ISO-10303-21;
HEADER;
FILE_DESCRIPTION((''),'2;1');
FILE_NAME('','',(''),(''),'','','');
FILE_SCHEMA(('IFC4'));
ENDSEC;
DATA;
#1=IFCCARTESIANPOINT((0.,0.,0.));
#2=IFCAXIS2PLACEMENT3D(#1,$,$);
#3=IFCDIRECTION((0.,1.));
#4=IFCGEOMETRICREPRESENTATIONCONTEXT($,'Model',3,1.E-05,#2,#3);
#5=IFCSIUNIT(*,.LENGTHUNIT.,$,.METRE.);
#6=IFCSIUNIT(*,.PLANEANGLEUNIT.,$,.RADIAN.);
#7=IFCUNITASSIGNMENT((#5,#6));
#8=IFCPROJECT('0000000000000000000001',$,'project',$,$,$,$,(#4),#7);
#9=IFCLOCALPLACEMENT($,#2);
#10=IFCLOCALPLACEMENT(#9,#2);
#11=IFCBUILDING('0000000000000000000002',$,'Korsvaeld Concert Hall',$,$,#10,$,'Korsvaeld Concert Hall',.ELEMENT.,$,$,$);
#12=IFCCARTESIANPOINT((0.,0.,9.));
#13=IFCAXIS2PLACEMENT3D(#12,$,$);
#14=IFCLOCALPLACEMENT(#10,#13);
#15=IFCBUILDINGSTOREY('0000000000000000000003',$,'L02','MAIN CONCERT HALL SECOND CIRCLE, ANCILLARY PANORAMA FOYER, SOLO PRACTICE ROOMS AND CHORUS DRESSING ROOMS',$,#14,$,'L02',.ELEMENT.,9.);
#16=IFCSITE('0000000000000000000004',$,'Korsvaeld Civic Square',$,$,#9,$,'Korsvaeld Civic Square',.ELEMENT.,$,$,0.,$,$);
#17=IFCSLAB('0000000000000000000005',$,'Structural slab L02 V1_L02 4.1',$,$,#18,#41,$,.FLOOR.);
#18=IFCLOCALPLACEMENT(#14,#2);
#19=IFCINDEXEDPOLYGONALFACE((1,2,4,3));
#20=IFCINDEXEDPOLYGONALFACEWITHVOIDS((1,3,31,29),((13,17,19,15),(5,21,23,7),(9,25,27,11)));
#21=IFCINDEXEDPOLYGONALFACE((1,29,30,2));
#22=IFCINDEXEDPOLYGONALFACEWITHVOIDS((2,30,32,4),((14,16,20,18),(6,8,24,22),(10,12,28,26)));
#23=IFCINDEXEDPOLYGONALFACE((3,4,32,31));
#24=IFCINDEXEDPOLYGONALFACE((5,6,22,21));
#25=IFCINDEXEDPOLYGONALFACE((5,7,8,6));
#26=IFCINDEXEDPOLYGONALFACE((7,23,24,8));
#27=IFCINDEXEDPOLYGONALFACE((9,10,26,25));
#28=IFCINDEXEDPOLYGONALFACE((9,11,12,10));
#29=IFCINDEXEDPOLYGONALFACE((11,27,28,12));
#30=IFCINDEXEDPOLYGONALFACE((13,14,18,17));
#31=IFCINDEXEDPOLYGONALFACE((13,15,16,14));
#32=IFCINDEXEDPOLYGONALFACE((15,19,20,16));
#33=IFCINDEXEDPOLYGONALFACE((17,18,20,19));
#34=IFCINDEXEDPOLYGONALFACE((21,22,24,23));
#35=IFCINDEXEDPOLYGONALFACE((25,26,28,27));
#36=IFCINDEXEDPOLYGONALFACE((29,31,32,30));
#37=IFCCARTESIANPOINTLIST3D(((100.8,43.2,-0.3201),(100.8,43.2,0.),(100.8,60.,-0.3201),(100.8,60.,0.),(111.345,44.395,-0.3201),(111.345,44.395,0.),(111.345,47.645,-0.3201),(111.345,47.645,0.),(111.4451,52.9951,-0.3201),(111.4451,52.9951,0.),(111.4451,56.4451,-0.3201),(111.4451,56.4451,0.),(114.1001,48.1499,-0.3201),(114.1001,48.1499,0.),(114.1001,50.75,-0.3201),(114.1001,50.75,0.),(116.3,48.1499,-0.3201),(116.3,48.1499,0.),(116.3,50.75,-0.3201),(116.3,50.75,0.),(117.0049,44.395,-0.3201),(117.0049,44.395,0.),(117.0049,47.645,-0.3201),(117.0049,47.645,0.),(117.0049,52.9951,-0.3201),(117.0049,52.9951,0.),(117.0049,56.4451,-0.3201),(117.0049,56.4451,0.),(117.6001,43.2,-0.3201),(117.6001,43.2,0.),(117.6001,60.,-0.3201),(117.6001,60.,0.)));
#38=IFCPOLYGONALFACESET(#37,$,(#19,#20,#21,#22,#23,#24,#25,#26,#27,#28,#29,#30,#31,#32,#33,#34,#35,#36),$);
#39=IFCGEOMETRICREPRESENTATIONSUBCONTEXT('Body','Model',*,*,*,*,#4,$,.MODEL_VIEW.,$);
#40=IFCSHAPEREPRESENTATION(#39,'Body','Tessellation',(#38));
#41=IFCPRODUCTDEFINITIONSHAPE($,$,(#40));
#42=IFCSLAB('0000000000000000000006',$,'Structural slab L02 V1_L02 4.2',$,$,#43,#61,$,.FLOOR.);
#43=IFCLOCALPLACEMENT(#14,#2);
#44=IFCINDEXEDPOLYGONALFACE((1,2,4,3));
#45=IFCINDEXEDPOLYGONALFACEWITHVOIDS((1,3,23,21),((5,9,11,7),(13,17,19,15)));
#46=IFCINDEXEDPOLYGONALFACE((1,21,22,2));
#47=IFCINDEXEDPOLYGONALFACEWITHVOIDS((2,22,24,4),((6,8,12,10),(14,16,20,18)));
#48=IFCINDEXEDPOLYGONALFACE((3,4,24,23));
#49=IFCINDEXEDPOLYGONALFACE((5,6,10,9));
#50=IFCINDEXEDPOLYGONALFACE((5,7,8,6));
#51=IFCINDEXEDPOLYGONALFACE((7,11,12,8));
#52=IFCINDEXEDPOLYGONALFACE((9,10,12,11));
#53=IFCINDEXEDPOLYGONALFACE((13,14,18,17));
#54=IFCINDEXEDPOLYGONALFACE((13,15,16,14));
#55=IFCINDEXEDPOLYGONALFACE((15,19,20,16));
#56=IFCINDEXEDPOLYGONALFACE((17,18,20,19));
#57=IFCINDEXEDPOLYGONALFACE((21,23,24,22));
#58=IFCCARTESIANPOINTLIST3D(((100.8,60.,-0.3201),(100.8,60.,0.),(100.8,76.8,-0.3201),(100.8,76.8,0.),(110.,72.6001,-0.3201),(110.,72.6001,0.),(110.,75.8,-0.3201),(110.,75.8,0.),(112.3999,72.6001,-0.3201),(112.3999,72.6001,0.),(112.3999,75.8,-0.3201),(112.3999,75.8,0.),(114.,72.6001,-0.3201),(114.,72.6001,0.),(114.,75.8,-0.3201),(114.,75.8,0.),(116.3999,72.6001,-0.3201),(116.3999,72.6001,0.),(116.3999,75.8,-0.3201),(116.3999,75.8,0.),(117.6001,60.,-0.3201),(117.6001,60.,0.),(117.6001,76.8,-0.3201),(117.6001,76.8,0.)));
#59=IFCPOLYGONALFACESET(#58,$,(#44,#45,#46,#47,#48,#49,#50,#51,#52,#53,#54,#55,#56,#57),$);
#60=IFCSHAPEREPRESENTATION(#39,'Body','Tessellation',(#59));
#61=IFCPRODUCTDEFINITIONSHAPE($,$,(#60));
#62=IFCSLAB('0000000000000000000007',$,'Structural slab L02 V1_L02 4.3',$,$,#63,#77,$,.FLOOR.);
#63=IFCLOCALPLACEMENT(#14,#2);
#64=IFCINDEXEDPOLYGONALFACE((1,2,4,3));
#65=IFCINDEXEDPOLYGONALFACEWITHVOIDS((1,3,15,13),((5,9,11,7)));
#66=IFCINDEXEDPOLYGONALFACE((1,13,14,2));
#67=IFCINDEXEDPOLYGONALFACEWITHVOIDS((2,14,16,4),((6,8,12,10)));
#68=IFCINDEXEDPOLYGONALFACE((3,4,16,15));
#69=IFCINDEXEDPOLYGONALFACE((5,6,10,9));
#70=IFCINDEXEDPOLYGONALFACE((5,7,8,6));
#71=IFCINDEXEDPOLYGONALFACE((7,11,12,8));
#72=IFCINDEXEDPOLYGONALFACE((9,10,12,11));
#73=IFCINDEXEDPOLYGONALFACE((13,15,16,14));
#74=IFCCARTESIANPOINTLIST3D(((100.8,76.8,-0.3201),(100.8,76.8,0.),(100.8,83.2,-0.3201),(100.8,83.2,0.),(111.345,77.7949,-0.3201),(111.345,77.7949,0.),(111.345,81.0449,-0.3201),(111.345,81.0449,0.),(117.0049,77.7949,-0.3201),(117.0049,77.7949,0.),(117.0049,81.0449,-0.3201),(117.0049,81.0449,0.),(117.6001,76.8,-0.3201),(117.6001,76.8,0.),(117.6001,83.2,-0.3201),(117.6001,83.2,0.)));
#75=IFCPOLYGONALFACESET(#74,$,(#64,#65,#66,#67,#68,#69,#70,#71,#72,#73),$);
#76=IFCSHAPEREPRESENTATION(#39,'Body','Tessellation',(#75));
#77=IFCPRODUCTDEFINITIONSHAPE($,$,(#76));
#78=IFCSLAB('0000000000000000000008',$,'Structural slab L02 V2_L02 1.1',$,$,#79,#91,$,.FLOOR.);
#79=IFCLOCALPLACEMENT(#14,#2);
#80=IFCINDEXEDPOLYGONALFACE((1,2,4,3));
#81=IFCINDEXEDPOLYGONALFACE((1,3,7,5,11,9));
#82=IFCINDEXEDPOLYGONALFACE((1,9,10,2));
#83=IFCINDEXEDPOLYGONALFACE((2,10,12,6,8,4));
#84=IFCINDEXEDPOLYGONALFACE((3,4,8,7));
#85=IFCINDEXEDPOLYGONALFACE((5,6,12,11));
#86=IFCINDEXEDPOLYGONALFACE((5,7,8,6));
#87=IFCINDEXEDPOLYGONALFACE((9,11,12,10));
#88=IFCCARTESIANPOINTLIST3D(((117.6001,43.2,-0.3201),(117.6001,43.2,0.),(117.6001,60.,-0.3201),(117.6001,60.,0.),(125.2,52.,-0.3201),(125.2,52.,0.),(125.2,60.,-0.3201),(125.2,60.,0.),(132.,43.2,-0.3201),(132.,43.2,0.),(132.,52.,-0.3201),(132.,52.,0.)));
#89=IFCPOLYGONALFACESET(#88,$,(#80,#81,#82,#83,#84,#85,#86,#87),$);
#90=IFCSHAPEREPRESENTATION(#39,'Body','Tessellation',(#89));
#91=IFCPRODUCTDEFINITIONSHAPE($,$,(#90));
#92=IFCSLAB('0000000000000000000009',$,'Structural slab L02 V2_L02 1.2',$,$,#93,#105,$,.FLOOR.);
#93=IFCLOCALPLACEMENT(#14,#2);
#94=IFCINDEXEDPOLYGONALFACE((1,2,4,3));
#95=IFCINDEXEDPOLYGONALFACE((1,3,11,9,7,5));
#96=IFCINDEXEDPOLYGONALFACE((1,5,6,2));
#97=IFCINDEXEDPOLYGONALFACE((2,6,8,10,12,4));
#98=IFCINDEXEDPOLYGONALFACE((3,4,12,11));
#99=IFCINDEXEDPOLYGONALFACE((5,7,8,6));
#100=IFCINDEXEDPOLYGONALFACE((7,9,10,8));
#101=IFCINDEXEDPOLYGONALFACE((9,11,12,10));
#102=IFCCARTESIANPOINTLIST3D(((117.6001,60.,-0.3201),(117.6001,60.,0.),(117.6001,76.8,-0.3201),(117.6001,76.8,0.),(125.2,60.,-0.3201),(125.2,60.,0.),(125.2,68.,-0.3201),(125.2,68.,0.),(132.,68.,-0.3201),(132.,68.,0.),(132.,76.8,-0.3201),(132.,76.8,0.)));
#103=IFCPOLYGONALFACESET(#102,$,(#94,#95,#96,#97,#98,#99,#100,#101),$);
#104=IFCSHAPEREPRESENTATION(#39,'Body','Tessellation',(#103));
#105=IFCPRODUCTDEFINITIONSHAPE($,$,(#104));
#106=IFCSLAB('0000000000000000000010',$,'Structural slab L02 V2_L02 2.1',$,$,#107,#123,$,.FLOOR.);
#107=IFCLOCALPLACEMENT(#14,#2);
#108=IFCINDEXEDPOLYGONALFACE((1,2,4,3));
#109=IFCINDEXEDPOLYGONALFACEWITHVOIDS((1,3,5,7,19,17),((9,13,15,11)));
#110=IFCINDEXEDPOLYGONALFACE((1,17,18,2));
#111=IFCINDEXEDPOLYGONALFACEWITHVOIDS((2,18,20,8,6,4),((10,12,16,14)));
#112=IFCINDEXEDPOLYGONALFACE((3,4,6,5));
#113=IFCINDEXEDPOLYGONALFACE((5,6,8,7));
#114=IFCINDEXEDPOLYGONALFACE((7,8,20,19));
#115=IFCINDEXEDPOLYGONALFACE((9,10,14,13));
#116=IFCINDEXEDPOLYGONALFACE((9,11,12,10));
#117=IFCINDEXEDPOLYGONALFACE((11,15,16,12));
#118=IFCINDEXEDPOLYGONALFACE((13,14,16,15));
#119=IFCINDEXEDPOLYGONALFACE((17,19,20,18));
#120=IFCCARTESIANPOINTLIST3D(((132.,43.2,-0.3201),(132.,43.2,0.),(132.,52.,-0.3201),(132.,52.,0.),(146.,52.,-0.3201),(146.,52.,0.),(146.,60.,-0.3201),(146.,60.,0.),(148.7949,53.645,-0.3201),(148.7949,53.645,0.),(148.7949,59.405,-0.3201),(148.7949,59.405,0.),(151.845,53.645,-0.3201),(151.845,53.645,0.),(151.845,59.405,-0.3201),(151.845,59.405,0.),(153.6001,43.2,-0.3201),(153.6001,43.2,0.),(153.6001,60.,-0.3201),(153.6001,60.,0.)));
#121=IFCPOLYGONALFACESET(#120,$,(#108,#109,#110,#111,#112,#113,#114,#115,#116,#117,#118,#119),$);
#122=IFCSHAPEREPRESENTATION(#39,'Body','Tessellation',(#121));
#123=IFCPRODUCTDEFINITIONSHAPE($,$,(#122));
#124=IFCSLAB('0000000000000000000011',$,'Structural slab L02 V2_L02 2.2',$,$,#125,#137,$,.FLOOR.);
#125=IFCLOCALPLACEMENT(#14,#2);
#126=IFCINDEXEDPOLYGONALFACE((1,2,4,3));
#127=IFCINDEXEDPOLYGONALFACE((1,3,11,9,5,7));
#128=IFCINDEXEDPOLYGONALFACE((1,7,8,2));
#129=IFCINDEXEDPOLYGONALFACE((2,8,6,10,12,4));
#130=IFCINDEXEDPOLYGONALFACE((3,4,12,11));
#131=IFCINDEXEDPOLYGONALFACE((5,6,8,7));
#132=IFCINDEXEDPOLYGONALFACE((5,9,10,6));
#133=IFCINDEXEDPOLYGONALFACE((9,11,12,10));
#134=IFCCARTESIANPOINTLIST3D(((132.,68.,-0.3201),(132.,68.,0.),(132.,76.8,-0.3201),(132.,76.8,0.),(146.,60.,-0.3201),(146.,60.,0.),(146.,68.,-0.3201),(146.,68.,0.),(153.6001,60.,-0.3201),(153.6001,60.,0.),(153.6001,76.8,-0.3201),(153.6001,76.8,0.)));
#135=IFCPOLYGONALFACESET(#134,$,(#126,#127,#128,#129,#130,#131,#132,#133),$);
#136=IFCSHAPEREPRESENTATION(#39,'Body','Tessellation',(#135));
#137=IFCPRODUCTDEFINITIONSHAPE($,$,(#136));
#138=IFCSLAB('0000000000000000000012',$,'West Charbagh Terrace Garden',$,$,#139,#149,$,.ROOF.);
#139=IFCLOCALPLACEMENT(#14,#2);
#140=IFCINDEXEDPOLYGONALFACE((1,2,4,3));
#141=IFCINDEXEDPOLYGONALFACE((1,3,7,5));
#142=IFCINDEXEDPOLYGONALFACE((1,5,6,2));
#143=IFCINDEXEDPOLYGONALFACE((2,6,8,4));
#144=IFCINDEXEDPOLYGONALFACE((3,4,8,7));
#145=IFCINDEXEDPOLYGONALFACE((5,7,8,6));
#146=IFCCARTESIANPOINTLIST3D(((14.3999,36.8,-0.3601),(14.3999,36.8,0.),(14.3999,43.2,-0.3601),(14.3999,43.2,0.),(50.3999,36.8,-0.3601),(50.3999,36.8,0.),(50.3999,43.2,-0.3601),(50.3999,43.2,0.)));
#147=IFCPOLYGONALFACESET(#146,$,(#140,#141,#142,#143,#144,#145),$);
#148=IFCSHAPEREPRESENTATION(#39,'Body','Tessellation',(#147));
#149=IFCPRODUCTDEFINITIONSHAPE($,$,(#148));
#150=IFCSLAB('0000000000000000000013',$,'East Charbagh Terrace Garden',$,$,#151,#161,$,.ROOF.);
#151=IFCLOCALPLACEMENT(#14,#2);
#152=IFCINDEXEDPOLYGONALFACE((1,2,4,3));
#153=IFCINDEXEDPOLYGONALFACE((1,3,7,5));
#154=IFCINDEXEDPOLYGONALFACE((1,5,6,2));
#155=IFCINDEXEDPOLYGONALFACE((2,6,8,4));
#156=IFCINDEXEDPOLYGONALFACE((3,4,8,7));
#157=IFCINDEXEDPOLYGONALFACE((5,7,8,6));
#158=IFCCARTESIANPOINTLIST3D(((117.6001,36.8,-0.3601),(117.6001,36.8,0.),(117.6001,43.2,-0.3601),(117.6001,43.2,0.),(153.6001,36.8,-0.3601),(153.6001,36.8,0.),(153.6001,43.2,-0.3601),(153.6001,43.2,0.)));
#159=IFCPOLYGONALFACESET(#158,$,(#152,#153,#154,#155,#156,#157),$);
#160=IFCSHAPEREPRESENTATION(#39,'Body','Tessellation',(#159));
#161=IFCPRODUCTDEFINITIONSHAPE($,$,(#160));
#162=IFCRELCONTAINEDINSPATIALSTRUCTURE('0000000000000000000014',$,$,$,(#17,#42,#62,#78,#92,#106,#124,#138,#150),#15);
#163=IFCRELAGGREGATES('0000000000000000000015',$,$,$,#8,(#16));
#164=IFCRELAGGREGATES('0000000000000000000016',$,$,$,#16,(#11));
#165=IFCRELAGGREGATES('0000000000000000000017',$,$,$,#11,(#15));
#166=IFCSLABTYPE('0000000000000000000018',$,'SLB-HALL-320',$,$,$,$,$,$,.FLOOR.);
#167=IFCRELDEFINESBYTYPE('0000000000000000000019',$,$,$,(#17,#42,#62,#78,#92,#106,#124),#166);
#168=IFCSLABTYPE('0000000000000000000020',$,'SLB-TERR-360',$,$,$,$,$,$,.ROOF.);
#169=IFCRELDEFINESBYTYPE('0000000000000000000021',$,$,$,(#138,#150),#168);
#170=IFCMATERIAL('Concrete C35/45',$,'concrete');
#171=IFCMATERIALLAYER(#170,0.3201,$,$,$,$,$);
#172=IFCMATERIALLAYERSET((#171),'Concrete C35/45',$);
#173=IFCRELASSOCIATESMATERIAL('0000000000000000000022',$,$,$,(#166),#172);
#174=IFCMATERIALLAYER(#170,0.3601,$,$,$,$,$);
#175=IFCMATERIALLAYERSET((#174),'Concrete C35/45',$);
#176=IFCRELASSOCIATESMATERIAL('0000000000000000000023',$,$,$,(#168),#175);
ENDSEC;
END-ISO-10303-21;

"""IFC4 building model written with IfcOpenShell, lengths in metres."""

from ifc_helpers import new_model, si_unit, direction, frame, origin, place, context, subcontext, project, spatial, polyline, outline, extrude, material, layer, layer_set, type_object, element, save


model = new_model("IFC4")

# Units and contexts
model_context = context("Model", 3, precision=1e-05, world=origin(), true_north=direction((0.0, 1.0)))
body_context = subcontext(model_context, "Body", "Model", "MODEL_VIEW")
ifc_project = project(units=[si_unit("LENGTHUNIT", "METRE"), si_unit("PLANEANGLEUNIT", "RADIAN")], contexts=[model_context])

# Site, building, storey
site_placement = place(None, origin())
site = spatial("IfcSite", under=ifc_project, at=site_placement, Name="Korsvaeld Civic Square", LongName="Korsvaeld Civic Square", CompositionType="ELEMENT", RefElevation=0.0)
building_placement = place(site_placement, origin())
building = spatial("IfcBuilding", under=site, at=building_placement, Name="Korsvaeld Concert Hall", LongName="Korsvaeld Concert Hall", CompositionType="ELEMENT")
storey_placement = place(building_placement, frame((0.0, 0.0, 9.0)))
storey = spatial("IfcBuildingStorey", under=building, at=storey_placement, Name="L02", Description="MAIN CONCERT HALL SECOND CIRCLE, ANCILLARY PANORAMA FOYER, SOLO PRACTICE ROOMS AND CHORUS DRESSING ROOMS", LongName="L02", CompositionType="ELEMENT", Elevation=9.0)

# Shared definitions
ifc_material_1 = material(Name="Concrete C35/45", Category="concrete")

# Slabs
ifc_layer_1 = layer(ifc_material_1, 0.3201)
ifc_layer_set_1 = layer_set([ifc_layer_1], Name="Concrete C35/45")
slab_type_1 = type_object("IfcSlabType", Name="SLB-HALL-320", PredefinedType="FLOOR", material=ifc_layer_set_1)
slab_1_placement = place(storey_placement, frame((0.0, 0.0, -0.3201)))
element("IfcSlab", 1, at=slab_1_placement, inside=storey, type_object=slab_type_1, Name="Structural slab L02 V1_L02 4.1", PredefinedType="FLOOR", context=body_context, shape_type="SweptSolid", body=[
    extrude(outline(polyline([(100.8, 43.2), (100.8, 60.0), (117.6001, 60.0), (117.6001, 43.2), (100.8, 43.2)]), holes=[polyline([(117.0049, 44.395), (117.0049, 47.645), (111.345, 47.645), (111.345, 44.395), (117.0049, 44.395)]), polyline([(116.3, 50.75), (114.1001, 50.75), (114.1001, 48.1499), (116.3, 48.1499), (116.3, 50.75)]), polyline([(111.4451, 52.9951), (117.0049, 52.9951), (117.0049, 56.4451), (111.4451, 56.4451), (111.4451, 52.9951)])]), origin(), (0.0, 0.0, 1.0), 0.3201),
])
slab_2_placement = place(storey_placement, frame((0.0, 0.0, -0.3201)))
element("IfcSlab", 2, at=slab_2_placement, inside=storey, type_object=slab_type_1, Name="Structural slab L02 V1_L02 4.2", PredefinedType="FLOOR", context=body_context, shape_type="SweptSolid", body=[
    extrude(outline(polyline([(100.8, 60.0), (100.8, 76.8), (117.6001, 76.8), (117.6001, 60.0), (100.8, 60.0)]), holes=[polyline([(112.3999, 72.6001), (112.3999, 75.8), (110.0, 75.8), (110.0, 72.6001), (112.3999, 72.6001)]), polyline([(116.3999, 72.6001), (116.3999, 75.8), (114.0, 75.8), (114.0, 72.6001), (116.3999, 72.6001)])]), origin(), (0.0, 0.0, 1.0), 0.3201),
])
slab_3_placement = place(storey_placement, frame((0.0, 0.0, -0.3201)))
element("IfcSlab", 3, at=slab_3_placement, inside=storey, type_object=slab_type_1, Name="Structural slab L02 V1_L02 4.3", PredefinedType="FLOOR", context=body_context, shape_type="SweptSolid", body=[
    extrude(outline(polyline([(100.8, 76.8), (100.8, 83.2), (117.6001, 83.2), (117.6001, 76.8), (100.8, 76.8)]), holes=[polyline([(117.0049, 77.7949), (117.0049, 81.0449), (111.345, 81.0449), (111.345, 77.7949), (117.0049, 77.7949)])]), origin(), (0.0, 0.0, 1.0), 0.3201),
])
slab_4_placement = place(storey_placement, frame((0.0, 0.0, -0.3201)))
element("IfcSlab", 4, at=slab_4_placement, inside=storey, type_object=slab_type_1, Name="Structural slab L02 V2_L02 1.1", PredefinedType="FLOOR", context=body_context, shape_type="SweptSolid", body=[
    extrude(outline(polyline([(132.0, 43.2), (117.6001, 43.2), (117.6001, 60.0), (125.2, 60.0), (125.2, 52.0), (132.0, 52.0), (132.0, 43.2)])), origin(), (0.0, 0.0, 1.0), 0.3201),
])
slab_5_placement = place(storey_placement, frame((0.0, 0.0, -0.3201)))
element("IfcSlab", 5, at=slab_5_placement, inside=storey, type_object=slab_type_1, Name="Structural slab L02 V2_L02 1.2", PredefinedType="FLOOR", context=body_context, shape_type="SweptSolid", body=[
    extrude(outline(polyline([(117.6001, 60.0), (117.6001, 76.8), (132.0, 76.8), (132.0, 68.0), (125.2, 68.0), (125.2, 60.0), (117.6001, 60.0)])), origin(), (0.0, 0.0, 1.0), 0.3201),
])
slab_6_placement = place(storey_placement, frame((0.0, 0.0, -0.3201)))
element("IfcSlab", 6, at=slab_6_placement, inside=storey, type_object=slab_type_1, Name="Structural slab L02 V2_L02 2.1", PredefinedType="FLOOR", context=body_context, shape_type="SweptSolid", body=[
    extrude(outline(polyline([(153.6001, 60.0), (153.6001, 43.2), (132.0, 43.2), (132.0, 52.0), (146.0, 52.0), (146.0, 60.0), (153.6001, 60.0)]), holes=[polyline([(151.845, 53.645), (151.845, 59.405), (148.7949, 59.405), (148.7949, 53.645), (151.845, 53.645)])]), origin(), (0.0, 0.0, 1.0), 0.3201),
])
slab_7_placement = place(storey_placement, frame((0.0, 0.0, -0.3201)))
element("IfcSlab", 7, at=slab_7_placement, inside=storey, type_object=slab_type_1, Name="Structural slab L02 V2_L02 2.2", PredefinedType="FLOOR", context=body_context, shape_type="SweptSolid", body=[
    extrude(outline(polyline([(132.0, 76.8), (153.6001, 76.8), (153.6001, 60.0), (146.0, 60.0), (146.0, 68.0), (132.0, 68.0), (132.0, 76.8)])), origin(), (0.0, 0.0, 1.0), 0.3201),
])
ifc_layer_2 = layer(ifc_material_1, 0.3601)
ifc_layer_set_2 = layer_set([ifc_layer_2], Name="Concrete C35/45")
slab_type_2 = type_object("IfcSlabType", Name="SLB-TERR-360", PredefinedType="ROOF", material=ifc_layer_set_2)
slab_8_placement = place(storey_placement, frame((0.0, 0.0, -0.3601)))
element("IfcSlab", 8, at=slab_8_placement, inside=storey, type_object=slab_type_2, Name="West Charbagh Terrace Garden", PredefinedType="ROOF", context=body_context, shape_type="SweptSolid", body=[
    extrude(outline(polyline([(50.3999, 36.8), (50.3999, 43.2), (14.3999, 43.2), (14.3999, 36.8), (50.3999, 36.8)])), origin(), (0.0, 0.0, 1.0), 0.3601),
])
slab_9_placement = place(storey_placement, frame((0.0, 0.0, -0.3601)))
element("IfcSlab", 9, at=slab_9_placement, inside=storey, type_object=slab_type_2, Name="East Charbagh Terrace Garden", PredefinedType="ROOF", context=body_context, shape_type="SweptSolid", body=[
    extrude(outline(polyline([(153.6001, 36.8), (153.6001, 43.2), (117.6001, 43.2), (117.6001, 36.8), (153.6001, 36.8)])), origin(), (0.0, 0.0, 1.0), 0.3601),
])

save(model, "model.ifc")
